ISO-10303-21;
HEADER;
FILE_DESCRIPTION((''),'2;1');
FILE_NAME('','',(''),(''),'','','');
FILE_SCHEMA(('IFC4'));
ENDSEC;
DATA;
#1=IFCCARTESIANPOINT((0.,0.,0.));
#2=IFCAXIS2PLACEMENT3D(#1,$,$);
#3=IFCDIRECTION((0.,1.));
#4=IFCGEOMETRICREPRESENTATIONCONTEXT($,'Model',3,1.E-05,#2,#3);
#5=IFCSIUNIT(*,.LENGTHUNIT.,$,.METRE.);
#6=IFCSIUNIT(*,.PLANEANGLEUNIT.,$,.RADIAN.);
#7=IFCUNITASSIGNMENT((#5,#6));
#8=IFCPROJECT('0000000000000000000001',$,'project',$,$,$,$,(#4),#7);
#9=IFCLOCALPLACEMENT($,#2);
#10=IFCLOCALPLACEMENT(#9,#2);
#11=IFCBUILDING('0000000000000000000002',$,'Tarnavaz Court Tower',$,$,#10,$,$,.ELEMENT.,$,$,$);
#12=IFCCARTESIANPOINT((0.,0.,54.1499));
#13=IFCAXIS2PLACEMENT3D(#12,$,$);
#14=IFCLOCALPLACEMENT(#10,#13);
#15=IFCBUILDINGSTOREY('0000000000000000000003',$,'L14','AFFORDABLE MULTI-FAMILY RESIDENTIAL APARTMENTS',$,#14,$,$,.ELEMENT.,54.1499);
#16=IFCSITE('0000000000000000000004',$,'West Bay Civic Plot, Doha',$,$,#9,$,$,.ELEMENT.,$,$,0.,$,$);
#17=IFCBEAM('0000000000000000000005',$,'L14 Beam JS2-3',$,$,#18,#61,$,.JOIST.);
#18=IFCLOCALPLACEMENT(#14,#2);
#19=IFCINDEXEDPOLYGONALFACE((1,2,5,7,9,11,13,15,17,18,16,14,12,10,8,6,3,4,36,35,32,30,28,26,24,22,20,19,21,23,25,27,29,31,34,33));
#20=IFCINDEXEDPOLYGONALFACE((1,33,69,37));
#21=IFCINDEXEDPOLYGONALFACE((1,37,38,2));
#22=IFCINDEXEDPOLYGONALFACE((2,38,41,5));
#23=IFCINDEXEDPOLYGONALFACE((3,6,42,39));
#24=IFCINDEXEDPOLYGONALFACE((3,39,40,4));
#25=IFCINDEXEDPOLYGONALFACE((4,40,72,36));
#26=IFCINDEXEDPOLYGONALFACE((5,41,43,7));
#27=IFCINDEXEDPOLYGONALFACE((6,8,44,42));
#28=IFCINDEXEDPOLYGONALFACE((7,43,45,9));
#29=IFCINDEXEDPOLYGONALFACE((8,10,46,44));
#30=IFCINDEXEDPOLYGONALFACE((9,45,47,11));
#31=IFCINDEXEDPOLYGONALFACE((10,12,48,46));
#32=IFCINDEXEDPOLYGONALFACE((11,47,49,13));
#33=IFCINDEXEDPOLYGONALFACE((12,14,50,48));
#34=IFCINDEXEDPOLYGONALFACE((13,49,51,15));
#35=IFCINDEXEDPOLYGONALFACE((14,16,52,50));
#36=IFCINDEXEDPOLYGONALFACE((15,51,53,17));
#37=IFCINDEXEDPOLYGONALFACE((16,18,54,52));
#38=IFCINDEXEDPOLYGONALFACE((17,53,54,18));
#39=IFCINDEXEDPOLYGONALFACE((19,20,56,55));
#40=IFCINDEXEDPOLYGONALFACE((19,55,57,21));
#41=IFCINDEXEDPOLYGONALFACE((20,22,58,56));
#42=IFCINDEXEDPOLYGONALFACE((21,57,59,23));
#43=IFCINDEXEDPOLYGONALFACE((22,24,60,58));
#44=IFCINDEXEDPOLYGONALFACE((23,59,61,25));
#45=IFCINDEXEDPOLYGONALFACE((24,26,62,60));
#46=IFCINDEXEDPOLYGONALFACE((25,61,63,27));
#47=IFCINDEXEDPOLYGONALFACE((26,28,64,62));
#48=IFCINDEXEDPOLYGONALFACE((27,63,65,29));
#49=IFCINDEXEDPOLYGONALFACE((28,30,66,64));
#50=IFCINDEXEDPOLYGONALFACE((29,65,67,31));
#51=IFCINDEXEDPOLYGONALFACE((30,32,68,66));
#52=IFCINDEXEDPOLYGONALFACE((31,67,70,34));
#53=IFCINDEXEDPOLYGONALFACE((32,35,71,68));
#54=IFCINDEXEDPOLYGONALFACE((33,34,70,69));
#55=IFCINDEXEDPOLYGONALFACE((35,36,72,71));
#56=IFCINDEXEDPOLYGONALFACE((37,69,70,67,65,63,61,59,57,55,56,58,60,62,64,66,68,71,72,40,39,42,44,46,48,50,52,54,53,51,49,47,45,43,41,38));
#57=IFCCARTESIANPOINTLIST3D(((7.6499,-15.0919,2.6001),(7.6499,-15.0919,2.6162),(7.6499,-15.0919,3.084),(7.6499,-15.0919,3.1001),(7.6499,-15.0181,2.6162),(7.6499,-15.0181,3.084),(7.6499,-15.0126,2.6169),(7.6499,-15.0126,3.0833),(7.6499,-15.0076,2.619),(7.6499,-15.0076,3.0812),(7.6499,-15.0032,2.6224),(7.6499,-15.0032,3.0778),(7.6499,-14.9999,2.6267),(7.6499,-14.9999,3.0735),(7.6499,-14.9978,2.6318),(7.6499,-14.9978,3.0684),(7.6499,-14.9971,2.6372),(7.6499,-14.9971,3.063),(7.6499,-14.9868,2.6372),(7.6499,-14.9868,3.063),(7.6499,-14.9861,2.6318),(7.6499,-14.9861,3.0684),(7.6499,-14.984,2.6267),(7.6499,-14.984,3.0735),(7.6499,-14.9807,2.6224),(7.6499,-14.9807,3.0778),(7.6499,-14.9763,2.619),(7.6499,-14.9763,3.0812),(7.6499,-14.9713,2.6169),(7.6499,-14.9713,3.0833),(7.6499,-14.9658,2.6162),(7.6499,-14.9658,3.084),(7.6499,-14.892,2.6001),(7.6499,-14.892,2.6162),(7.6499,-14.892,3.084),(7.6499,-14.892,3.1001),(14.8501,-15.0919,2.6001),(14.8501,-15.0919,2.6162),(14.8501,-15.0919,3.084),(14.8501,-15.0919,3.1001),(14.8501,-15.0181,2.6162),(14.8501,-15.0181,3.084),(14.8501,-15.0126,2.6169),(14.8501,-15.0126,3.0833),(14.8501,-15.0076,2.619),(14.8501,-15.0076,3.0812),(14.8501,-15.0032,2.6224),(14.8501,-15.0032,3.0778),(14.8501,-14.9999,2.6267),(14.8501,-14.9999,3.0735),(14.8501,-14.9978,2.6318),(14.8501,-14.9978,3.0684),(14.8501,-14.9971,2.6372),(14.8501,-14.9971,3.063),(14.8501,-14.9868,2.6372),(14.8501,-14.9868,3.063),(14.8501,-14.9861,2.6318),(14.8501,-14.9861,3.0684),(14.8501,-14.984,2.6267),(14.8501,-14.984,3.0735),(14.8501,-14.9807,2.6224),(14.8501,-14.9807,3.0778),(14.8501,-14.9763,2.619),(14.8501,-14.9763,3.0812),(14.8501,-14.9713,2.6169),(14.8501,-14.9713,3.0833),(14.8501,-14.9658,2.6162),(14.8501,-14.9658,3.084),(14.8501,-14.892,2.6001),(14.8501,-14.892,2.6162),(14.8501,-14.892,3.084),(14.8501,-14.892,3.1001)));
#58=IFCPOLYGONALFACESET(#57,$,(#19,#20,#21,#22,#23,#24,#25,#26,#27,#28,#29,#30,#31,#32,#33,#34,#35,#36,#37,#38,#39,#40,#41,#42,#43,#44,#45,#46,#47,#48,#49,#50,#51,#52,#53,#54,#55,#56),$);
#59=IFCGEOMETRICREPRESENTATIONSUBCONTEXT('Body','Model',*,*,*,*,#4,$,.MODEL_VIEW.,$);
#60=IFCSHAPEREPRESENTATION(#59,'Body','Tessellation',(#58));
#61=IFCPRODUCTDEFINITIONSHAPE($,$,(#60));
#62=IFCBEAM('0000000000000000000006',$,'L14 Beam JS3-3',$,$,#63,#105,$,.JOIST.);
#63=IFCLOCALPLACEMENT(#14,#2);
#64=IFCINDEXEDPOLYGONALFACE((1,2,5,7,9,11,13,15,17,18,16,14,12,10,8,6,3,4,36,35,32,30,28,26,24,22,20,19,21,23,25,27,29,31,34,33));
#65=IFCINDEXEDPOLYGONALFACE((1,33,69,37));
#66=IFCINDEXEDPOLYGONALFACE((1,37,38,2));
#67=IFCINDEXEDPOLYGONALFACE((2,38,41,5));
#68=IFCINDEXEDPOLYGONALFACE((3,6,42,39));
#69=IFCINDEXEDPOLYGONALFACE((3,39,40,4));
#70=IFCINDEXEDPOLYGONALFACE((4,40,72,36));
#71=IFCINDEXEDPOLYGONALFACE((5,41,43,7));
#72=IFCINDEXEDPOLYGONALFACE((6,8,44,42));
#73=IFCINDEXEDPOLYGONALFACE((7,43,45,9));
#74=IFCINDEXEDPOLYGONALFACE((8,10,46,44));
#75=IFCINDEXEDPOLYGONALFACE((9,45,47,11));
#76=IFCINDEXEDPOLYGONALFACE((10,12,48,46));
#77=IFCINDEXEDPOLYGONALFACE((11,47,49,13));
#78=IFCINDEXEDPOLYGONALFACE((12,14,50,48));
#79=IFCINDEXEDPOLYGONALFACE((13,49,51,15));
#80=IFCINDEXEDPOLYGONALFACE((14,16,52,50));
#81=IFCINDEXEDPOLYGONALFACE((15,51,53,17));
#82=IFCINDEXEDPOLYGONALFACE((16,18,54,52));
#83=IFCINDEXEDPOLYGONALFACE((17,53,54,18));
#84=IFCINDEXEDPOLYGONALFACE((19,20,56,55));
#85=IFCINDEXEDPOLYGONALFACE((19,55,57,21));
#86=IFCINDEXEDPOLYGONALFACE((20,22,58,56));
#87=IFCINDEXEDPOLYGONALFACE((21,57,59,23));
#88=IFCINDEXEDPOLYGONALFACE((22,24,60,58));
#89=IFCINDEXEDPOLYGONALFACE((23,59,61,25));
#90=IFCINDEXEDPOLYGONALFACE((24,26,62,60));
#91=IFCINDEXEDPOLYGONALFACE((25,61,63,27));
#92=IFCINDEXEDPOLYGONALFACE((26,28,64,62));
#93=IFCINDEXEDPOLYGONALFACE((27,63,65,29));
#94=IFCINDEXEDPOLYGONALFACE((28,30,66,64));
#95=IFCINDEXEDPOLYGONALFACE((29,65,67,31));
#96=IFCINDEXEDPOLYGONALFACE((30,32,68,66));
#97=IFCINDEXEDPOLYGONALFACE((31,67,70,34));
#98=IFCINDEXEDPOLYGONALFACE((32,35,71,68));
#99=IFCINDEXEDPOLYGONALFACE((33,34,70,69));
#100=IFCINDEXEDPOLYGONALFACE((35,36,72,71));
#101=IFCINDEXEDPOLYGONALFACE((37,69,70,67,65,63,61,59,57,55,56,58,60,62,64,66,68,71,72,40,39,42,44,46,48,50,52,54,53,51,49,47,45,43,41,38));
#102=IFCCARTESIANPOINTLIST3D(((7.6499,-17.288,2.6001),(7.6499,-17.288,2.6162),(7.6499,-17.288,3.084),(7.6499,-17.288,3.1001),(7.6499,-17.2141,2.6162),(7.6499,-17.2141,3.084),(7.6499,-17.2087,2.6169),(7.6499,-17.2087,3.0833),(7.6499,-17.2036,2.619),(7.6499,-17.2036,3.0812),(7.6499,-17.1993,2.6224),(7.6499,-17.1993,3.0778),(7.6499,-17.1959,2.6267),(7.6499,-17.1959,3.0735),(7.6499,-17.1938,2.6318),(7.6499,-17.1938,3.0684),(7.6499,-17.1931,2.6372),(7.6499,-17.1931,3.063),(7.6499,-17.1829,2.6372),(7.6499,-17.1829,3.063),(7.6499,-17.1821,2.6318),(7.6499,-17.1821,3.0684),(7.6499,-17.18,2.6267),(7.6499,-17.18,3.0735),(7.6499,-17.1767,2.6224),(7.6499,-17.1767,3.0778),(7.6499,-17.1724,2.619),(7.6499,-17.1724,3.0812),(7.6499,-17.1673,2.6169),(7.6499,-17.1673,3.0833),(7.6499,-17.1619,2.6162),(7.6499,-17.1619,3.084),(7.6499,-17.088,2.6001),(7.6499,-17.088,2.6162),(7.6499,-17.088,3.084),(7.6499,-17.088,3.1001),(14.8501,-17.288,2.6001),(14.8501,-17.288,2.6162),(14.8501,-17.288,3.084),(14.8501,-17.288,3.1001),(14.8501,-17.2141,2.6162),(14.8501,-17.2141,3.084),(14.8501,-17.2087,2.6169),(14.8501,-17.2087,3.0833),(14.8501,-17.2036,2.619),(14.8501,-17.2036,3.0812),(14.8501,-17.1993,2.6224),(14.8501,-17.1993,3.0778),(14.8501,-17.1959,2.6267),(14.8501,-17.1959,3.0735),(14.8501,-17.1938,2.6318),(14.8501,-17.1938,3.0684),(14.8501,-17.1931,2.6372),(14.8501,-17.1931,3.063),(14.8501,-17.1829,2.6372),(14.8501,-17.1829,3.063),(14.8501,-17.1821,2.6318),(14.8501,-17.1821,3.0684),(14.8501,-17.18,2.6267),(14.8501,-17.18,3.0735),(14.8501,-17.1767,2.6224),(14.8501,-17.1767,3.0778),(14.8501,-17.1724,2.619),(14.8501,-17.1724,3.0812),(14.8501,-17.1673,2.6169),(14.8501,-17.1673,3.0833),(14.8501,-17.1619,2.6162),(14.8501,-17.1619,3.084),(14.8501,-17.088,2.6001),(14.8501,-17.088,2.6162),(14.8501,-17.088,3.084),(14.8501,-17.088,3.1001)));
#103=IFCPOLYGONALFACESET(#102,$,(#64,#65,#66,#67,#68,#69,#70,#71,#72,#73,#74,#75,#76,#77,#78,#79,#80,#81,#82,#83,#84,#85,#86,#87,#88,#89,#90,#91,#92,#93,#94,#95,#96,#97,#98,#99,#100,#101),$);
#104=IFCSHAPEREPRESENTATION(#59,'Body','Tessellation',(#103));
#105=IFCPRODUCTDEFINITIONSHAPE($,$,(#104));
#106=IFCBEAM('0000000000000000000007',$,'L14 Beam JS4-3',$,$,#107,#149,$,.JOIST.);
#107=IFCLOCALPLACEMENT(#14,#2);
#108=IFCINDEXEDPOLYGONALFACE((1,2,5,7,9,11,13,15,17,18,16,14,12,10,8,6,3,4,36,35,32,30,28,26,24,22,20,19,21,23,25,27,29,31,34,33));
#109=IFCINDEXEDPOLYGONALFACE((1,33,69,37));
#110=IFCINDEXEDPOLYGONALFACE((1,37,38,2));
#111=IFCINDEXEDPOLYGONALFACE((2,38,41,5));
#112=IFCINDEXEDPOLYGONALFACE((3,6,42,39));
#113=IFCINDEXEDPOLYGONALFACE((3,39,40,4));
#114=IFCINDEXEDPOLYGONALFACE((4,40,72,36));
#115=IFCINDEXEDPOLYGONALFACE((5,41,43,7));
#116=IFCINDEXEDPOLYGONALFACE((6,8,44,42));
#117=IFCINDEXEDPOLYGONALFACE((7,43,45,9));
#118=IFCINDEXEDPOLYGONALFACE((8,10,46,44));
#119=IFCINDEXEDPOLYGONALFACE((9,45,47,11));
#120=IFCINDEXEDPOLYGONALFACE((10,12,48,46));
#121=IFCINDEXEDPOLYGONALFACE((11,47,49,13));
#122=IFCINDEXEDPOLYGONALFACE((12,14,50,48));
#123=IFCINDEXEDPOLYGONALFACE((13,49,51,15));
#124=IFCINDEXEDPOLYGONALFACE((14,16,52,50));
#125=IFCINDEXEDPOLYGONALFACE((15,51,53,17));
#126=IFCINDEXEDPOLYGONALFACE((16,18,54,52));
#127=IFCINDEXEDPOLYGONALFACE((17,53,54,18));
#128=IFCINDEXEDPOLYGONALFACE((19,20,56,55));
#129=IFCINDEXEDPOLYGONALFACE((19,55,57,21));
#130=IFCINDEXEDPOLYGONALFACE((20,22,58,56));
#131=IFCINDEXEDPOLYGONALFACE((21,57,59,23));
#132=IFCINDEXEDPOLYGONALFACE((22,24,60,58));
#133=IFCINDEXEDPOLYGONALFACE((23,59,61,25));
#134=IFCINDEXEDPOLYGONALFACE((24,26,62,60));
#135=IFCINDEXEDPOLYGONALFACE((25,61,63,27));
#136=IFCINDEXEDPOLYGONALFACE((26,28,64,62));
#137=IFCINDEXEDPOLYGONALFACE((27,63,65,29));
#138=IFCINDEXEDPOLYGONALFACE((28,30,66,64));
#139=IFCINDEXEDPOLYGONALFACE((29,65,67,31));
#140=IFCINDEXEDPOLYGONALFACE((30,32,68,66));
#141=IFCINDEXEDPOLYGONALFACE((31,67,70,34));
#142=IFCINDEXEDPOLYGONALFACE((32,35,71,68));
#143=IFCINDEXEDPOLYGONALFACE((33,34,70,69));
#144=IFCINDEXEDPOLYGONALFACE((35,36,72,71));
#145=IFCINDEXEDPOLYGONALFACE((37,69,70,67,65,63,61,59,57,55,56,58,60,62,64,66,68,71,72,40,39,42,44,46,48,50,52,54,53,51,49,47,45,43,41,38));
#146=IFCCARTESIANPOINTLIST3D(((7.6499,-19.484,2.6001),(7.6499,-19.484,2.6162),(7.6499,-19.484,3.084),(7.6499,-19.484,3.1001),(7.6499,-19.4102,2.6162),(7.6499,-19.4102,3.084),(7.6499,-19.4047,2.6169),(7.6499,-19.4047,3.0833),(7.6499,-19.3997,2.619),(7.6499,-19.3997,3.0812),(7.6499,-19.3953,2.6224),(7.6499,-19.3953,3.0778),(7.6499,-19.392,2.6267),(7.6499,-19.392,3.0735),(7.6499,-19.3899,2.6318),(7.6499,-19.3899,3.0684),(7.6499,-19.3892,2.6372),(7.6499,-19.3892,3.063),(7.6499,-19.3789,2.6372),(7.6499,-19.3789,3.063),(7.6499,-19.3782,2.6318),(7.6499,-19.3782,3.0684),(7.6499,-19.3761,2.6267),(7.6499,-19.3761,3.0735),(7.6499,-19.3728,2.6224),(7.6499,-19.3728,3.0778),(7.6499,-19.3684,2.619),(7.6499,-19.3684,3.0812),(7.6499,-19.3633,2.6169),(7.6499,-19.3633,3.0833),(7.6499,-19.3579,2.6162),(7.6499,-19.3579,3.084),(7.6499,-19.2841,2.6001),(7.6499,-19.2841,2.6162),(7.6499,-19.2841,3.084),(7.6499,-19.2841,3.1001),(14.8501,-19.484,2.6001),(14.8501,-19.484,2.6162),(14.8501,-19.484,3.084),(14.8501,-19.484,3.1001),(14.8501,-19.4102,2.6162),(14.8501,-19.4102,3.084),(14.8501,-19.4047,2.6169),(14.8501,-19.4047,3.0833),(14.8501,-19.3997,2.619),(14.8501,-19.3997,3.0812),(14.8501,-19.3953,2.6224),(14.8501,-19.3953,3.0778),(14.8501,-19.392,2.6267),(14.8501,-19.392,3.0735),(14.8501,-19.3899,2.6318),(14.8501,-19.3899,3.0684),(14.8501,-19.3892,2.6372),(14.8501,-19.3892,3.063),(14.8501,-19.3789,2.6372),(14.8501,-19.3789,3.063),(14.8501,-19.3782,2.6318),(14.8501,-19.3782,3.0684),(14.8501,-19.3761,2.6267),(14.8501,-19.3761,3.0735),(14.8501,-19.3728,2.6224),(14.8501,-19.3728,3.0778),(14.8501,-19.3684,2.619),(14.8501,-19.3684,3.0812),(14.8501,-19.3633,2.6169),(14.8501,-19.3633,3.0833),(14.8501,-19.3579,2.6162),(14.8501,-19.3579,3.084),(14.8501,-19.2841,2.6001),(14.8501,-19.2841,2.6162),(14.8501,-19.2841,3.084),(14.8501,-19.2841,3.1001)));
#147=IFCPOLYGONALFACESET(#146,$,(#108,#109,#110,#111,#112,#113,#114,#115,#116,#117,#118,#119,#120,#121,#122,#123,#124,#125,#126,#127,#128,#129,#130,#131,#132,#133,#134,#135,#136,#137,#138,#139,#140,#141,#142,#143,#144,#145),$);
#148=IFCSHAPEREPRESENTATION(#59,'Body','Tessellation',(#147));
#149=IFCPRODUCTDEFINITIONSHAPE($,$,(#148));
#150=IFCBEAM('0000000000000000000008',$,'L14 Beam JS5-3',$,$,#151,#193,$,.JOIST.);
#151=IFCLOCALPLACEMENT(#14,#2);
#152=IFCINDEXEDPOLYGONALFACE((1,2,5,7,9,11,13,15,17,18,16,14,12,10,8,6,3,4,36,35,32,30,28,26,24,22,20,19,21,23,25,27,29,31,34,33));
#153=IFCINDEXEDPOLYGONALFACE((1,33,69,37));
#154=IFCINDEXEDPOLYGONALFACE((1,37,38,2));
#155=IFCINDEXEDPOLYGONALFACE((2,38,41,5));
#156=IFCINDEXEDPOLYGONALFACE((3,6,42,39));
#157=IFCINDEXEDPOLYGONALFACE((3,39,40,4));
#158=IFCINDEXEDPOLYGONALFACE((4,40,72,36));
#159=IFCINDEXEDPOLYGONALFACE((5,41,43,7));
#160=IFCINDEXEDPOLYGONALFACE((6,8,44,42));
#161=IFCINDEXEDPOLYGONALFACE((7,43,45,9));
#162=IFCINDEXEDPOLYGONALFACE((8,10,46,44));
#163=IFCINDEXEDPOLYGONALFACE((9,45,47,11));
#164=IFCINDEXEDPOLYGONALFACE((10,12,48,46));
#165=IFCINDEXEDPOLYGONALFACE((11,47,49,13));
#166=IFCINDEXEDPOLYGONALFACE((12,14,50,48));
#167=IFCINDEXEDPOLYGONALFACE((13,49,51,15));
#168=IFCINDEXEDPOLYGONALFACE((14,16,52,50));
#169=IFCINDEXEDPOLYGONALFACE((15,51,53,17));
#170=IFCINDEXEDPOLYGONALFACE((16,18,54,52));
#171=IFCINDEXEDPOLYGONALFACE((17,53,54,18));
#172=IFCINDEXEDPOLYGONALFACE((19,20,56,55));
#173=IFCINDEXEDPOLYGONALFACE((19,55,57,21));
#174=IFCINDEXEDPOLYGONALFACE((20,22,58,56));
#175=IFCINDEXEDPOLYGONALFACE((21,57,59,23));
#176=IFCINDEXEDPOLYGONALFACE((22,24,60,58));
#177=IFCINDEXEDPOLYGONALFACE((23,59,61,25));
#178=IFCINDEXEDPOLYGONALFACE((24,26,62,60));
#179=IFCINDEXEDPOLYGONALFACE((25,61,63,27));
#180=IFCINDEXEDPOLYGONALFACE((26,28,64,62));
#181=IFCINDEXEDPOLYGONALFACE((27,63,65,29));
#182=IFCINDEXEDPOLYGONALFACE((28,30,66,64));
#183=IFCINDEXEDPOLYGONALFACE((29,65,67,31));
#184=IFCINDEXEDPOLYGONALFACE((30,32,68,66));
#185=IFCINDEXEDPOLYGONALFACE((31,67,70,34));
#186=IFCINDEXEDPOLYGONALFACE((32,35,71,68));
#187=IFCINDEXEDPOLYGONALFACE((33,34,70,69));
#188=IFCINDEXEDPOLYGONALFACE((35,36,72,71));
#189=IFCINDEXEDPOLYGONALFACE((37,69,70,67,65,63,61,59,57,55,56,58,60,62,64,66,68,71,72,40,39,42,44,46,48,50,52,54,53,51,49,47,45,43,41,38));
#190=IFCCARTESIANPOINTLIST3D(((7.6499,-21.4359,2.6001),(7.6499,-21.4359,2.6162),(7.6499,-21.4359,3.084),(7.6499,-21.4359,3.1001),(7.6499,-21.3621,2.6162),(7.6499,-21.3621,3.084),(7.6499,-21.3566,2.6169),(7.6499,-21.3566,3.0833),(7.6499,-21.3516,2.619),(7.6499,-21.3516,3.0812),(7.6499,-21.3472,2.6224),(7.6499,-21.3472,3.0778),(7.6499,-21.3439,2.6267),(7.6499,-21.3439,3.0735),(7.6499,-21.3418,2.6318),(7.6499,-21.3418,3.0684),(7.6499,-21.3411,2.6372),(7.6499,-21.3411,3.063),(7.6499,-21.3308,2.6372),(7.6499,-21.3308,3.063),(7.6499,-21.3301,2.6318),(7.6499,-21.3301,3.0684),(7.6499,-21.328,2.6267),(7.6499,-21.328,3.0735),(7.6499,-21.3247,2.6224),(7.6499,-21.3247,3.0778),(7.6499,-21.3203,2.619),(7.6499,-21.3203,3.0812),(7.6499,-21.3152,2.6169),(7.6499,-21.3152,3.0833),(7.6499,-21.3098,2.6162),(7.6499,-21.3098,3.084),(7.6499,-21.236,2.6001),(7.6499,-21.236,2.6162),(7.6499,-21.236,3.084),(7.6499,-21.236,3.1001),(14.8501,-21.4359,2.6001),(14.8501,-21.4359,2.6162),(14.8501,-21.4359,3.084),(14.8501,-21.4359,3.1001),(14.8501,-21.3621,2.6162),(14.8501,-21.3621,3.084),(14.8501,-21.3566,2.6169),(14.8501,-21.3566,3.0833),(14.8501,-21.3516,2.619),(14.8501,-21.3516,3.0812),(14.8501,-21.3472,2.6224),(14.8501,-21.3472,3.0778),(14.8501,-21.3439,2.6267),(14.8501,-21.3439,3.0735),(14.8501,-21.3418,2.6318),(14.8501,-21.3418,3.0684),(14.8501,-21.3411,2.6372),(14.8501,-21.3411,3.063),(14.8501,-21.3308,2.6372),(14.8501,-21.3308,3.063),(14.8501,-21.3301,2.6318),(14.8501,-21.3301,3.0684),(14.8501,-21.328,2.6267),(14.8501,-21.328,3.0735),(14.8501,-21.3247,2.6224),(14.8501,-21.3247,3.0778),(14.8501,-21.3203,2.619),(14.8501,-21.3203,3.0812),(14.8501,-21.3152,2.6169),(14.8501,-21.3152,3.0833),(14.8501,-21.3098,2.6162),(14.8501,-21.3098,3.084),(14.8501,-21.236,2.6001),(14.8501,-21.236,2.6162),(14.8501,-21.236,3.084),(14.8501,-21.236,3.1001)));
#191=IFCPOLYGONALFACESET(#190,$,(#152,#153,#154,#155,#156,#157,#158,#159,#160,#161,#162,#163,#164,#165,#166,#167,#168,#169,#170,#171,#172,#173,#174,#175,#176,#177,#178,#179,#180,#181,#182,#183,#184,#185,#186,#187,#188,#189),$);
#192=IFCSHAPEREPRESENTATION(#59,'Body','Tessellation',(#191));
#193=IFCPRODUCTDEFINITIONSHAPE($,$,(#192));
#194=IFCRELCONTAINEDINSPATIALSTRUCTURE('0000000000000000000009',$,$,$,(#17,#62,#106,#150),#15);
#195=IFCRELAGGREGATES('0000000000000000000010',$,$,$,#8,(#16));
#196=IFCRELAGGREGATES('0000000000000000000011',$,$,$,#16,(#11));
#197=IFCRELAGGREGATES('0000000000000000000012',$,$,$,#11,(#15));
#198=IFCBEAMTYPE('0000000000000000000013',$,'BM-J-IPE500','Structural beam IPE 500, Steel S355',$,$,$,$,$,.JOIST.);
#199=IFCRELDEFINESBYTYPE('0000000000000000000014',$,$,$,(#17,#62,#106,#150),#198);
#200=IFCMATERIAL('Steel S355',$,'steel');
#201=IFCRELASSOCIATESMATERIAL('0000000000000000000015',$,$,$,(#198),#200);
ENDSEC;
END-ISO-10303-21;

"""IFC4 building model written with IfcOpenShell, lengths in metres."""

from ifc_helpers import new_model, si_unit, direction, frame, origin, origin_2d, place, context, subcontext, project, spatial, i_section, extrude, material, material_profile, profile_set, type_object, element, save


model = new_model("IFC4")

# Units and contexts
model_context = context("Model", 3, precision=1e-05, world=origin(), true_north=direction((0.0, 1.0)))
body_context = subcontext(model_context, "Body", "Model", "MODEL_VIEW")
ifc_project = project(units=[si_unit("LENGTHUNIT", "METRE"), si_unit("PLANEANGLEUNIT", "RADIAN")], contexts=[model_context])

# Site, building, storey
site_placement = place(None, origin())
site = spatial("IfcSite", under=ifc_project, at=site_placement, Name="West Bay Civic Plot, Doha", CompositionType="ELEMENT", RefElevation=0.0)
building_placement = place(site_placement, origin())
building = spatial("IfcBuilding", under=site, at=building_placement, Name="Tarnavaz Court Tower", CompositionType="ELEMENT")
storey_placement = place(building_placement, frame((0.0, 0.0, 54.1499)))
storey = spatial("IfcBuildingStorey", under=building, at=storey_placement, Name="L14", Description="AFFORDABLE MULTI-FAMILY RESIDENTIAL APARTMENTS", CompositionType="ELEMENT", Elevation=54.1499)

# Beams
ifc_material_1 = material(Name="Steel S355", Category="steel")
ifc_material_profile_1 = material_profile(ifc_material_1, i_section(OverallWidth=0.2, OverallDepth=0.5, WebThickness=0.0103, FlangeThickness=0.0161, FilletRadius=0.021, at=origin_2d()), Name="IPE 500")
ifc_profile_set_1 = profile_set([ifc_material_profile_1], Name="Steel S355")
beam_type_1 = type_object("IfcBeamType", Name="BM-J-IPE500", Description="Structural beam IPE 500, Steel S355", PredefinedType="JOIST", material=ifc_profile_set_1)
for number, where, z_axis, x_axis, name in (
    (1, (7.6499, -14.9919, 2.8501), (1.0, 0.0, 0.0), (0.0, 1.0, 0.0), "L14 Beam JS2-3"),
    (2, (7.6499, -17.188, 2.8501), (1.0, 0.0, 0.0), (0.0, 1.0, 0.0), "L14 Beam JS3-3"),
    (3, (7.6499, -19.384, 2.8501), (1.0, 0.0, 0.0), (0.0, 1.0, 0.0), "L14 Beam JS4-3"),
    (4, (7.6499, -21.3359, 2.8501), (1.0, 0.0, 0.0), (0.0, 1.0, 0.0), "L14 Beam JS5-3"),
):
    element("IfcBeam", number, at=place(storey_placement, frame(where, z_axis=z_axis, x_axis=x_axis)), inside=storey, type_object=beam_type_1, Name=name, PredefinedType="JOIST", context=body_context, shape_type="SweptSolid", body=[
        extrude(i_section(OverallWidth=0.2, OverallDepth=0.5, WebThickness=0.0103, FlangeThickness=0.0161, FilletRadius=0.021, at=origin_2d()), origin(), (0.0, 0.0, 1.0), 7.2002),
    ])

save(model, "model.ifc")
